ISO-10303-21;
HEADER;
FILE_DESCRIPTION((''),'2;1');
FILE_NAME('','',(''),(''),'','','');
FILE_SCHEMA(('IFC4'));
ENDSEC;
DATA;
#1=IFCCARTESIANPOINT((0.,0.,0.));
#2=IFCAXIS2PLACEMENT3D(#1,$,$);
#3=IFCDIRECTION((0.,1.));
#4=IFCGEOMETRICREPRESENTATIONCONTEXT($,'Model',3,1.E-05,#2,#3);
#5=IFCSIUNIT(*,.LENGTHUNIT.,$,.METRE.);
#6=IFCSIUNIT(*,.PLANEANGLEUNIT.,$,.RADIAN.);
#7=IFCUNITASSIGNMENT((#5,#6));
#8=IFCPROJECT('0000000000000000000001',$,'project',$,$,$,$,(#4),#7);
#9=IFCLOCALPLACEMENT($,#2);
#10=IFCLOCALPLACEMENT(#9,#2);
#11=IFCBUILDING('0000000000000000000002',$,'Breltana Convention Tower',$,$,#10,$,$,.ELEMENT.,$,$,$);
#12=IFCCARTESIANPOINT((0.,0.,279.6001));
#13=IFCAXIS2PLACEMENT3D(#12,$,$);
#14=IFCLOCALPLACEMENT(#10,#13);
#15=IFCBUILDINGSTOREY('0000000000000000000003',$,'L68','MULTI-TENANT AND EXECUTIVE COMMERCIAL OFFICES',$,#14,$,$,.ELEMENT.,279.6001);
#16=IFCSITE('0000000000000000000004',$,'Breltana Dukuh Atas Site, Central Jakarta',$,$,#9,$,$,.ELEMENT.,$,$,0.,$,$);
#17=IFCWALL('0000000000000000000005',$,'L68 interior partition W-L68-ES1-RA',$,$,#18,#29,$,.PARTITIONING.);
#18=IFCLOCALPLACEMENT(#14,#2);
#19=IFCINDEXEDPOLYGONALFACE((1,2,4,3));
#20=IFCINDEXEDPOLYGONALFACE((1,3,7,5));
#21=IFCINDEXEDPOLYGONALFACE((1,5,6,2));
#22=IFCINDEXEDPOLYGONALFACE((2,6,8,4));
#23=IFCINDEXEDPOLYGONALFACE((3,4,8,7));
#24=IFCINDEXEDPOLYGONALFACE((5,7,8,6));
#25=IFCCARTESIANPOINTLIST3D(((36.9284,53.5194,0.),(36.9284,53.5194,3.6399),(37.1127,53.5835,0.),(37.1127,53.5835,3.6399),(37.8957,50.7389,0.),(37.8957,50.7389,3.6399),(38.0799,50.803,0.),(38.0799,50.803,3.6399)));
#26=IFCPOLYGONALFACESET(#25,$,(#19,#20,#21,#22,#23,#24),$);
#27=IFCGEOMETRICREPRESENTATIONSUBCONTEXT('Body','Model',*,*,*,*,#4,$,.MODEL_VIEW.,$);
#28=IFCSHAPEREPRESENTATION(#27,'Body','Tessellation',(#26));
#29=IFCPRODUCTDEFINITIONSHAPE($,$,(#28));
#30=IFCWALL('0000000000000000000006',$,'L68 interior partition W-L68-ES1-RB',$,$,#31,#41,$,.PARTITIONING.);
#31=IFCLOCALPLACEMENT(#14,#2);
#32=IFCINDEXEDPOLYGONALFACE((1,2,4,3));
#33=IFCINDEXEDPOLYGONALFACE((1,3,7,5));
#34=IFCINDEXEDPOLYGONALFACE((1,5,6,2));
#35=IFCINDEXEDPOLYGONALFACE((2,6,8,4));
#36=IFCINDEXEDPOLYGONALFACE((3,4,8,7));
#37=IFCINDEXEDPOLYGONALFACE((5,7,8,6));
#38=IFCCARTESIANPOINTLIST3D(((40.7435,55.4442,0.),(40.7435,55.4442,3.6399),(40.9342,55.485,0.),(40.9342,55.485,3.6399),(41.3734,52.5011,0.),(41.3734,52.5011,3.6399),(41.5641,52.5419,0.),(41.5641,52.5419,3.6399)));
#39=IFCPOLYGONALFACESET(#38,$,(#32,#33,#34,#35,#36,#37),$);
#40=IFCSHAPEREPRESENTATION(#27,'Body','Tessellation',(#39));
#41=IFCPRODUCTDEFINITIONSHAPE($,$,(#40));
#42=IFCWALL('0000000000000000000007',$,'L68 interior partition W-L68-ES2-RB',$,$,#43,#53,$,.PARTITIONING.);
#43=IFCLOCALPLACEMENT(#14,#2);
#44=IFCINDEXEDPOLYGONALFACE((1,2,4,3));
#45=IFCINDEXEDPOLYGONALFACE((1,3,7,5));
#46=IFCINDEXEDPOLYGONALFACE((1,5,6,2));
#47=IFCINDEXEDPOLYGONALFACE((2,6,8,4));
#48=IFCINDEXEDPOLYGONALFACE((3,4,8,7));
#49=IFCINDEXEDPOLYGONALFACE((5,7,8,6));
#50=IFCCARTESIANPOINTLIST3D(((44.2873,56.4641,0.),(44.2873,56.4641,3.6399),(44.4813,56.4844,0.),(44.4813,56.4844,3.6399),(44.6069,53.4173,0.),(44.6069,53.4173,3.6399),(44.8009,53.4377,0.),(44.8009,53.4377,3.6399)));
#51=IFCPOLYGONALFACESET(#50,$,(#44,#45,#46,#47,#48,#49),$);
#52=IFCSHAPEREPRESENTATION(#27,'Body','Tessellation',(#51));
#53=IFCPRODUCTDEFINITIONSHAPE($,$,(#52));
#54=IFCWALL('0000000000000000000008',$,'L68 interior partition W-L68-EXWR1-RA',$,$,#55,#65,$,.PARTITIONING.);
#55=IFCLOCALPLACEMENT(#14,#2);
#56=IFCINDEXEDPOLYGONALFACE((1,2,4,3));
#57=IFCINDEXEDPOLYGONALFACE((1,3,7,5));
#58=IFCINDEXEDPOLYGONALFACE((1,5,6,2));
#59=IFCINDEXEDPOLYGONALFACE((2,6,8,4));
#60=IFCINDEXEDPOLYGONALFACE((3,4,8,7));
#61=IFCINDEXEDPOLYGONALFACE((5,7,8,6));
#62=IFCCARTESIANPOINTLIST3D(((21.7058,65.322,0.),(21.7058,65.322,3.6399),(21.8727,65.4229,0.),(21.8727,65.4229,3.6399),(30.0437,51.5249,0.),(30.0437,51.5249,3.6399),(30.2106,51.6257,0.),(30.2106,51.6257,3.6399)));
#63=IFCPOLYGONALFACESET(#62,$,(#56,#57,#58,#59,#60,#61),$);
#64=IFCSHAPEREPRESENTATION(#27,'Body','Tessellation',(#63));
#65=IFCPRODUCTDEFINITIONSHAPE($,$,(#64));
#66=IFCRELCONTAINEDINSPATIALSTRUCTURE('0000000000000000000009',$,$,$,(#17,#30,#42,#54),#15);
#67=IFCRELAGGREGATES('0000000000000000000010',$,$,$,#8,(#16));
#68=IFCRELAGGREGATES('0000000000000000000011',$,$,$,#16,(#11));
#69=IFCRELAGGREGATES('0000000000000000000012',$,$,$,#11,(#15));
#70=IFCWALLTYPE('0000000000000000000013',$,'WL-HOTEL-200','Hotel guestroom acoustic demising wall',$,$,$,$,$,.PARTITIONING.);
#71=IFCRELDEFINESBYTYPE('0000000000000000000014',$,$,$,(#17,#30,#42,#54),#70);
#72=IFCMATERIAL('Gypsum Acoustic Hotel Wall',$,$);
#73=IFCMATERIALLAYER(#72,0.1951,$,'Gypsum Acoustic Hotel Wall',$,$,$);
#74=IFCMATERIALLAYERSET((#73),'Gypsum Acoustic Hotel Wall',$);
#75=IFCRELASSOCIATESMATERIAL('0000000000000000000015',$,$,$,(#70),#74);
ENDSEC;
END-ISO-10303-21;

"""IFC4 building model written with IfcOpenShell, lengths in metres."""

from ifc_helpers import new_model, si_unit, direction, frame, frame_2d, origin, place, context, subcontext, project, spatial, rectangle, extrude, source, transform, mapped, material, layer, layer_set, type_object, element, save


model = new_model("IFC4")

# Units and contexts
model_context = context("Model", 3, precision=1e-05, world=origin(), true_north=direction((0.0, 1.0)))
body_context = subcontext(model_context, "Body", "Model", "MODEL_VIEW")
ifc_project = project(units=[si_unit("LENGTHUNIT", "METRE"), si_unit("PLANEANGLEUNIT", "RADIAN")], contexts=[model_context])

# Site, building, storey
site_placement = place(None, origin())
site = spatial("IfcSite", under=ifc_project, at=site_placement, Name="Breltana Dukuh Atas Site, Central Jakarta", CompositionType="ELEMENT", RefElevation=0.0)
building_placement = place(site_placement, origin())
building = spatial("IfcBuilding", under=site, at=building_placement, Name="Breltana Convention Tower", CompositionType="ELEMENT")
storey_placement = place(building_placement, frame((0.0, 0.0, 279.6001)))
storey = spatial("IfcBuildingStorey", under=building, at=storey_placement, Name="L68", Description="MULTI-TENANT AND EXECUTIVE COMMERCIAL OFFICES", CompositionType="ELEMENT", Elevation=279.6001)

# Walls
ifc_material_1 = material(Name="Gypsum Acoustic Hotel Wall")
ifc_layer_1 = layer(ifc_material_1, 0.1951, Name="Gypsum Acoustic Hotel Wall")
ifc_layer_set_1 = layer_set([ifc_layer_1], Name="Gypsum Acoustic Hotel Wall")
wall_type_1 = type_object("IfcWallType", Name="WL-HOTEL-200", Description="Hotel guestroom acoustic demising wall", PredefinedType="PARTITIONING", material=ifc_layer_set_1)
shared_shape_1 = source(origin(), body_context, "Body", "SweptSolid", [
    extrude(rectangle(XDim=2.9438, YDim=0.1951, at=frame_2d((1.4719, 0.0))), origin(), (0.0, 0.0, 1.0), 3.6399),
])
wall_1_placement = place(storey_placement, frame((37.9878, 50.771, 0.0), z_axis=(0.0, 0.0, 1.0), x_axis=(-0.328566, 0.944481, 0.0)))
element("IfcWall", 1, at=wall_1_placement, inside=storey, type_object=wall_type_1, Name="L68 interior partition W-L68-ES1-RA", PredefinedType="PARTITIONING", context=body_context, shape_type="MappedRepresentation", body=[
    mapped(shared_shape_1, transform((0.0, 0.0, 0.0), scale=1.0)),
])
shared_shape_2 = source(origin(), body_context, "Body", "SweptSolid", [
    extrude(rectangle(XDim=3.0098, YDim=0.1951, at=frame_2d((1.5049, 0.0))), origin(), (0.0, 0.0, 1.0), 3.6399),
])
wall_2_placement = place(storey_placement, frame((41.4688, 52.5215, 0.0), z_axis=(0.0, 0.0, 1.0), x_axis=(-0.20928, 0.977856, 0.0)))
element("IfcWall", 2, at=wall_2_placement, inside=storey, type_object=wall_type_1, Name="L68 interior partition W-L68-ES1-RB", PredefinedType="PARTITIONING", context=body_context, shape_type="MappedRepresentation", body=[
    mapped(shared_shape_2, transform((0.0, 0.0, 0.0), scale=1.0)),
])
shared_shape_3 = source(origin(), body_context, "Body", "SweptSolid", [
    extrude(rectangle(XDim=3.0635, YDim=0.1951, at=frame_2d((1.5317, 0.0))), origin(), (0.0, 0.0, 1.0), 3.6399),
])
wall_3_placement = place(storey_placement, frame((44.7039, 53.4275, 0.0), z_axis=(0.0, 0.0, 1.0), x_axis=(-0.104316, 0.994544, 0.0)))
element("IfcWall", 3, at=wall_3_placement, inside=storey, type_object=wall_type_1, Name="L68 interior partition W-L68-ES2-RB", PredefinedType="PARTITIONING", context=body_context, shape_type="MappedRepresentation", body=[
    mapped(shared_shape_3, transform((0.0, 0.0, 0.0), scale=1.0)),
])

# Wall
shared_shape_4 = source(origin(), body_context, "Body", "SweptSolid", [
    extrude(rectangle(XDim=16.1208, YDim=0.1951, at=frame_2d((8.0605, 0.0))), origin(), (0.0, 0.0, 1.0), 3.6399),
])
wall_4_placement = place(storey_placement, frame((30.1272, 51.5752, 0.0), z_axis=(0.0, 0.0, 1.0), x_axis=(-0.517212, 0.855857, 0.0)))
element("IfcWall", 4, at=wall_4_placement, inside=storey, type_object=wall_type_1, Name="L68 interior partition W-L68-EXWR1-RA", PredefinedType="PARTITIONING", context=body_context, shape_type="MappedRepresentation", body=[
    mapped(shared_shape_4, transform((0.0, 0.0, 0.0), scale=1.0)),
])

save(model, "model.ifc")
